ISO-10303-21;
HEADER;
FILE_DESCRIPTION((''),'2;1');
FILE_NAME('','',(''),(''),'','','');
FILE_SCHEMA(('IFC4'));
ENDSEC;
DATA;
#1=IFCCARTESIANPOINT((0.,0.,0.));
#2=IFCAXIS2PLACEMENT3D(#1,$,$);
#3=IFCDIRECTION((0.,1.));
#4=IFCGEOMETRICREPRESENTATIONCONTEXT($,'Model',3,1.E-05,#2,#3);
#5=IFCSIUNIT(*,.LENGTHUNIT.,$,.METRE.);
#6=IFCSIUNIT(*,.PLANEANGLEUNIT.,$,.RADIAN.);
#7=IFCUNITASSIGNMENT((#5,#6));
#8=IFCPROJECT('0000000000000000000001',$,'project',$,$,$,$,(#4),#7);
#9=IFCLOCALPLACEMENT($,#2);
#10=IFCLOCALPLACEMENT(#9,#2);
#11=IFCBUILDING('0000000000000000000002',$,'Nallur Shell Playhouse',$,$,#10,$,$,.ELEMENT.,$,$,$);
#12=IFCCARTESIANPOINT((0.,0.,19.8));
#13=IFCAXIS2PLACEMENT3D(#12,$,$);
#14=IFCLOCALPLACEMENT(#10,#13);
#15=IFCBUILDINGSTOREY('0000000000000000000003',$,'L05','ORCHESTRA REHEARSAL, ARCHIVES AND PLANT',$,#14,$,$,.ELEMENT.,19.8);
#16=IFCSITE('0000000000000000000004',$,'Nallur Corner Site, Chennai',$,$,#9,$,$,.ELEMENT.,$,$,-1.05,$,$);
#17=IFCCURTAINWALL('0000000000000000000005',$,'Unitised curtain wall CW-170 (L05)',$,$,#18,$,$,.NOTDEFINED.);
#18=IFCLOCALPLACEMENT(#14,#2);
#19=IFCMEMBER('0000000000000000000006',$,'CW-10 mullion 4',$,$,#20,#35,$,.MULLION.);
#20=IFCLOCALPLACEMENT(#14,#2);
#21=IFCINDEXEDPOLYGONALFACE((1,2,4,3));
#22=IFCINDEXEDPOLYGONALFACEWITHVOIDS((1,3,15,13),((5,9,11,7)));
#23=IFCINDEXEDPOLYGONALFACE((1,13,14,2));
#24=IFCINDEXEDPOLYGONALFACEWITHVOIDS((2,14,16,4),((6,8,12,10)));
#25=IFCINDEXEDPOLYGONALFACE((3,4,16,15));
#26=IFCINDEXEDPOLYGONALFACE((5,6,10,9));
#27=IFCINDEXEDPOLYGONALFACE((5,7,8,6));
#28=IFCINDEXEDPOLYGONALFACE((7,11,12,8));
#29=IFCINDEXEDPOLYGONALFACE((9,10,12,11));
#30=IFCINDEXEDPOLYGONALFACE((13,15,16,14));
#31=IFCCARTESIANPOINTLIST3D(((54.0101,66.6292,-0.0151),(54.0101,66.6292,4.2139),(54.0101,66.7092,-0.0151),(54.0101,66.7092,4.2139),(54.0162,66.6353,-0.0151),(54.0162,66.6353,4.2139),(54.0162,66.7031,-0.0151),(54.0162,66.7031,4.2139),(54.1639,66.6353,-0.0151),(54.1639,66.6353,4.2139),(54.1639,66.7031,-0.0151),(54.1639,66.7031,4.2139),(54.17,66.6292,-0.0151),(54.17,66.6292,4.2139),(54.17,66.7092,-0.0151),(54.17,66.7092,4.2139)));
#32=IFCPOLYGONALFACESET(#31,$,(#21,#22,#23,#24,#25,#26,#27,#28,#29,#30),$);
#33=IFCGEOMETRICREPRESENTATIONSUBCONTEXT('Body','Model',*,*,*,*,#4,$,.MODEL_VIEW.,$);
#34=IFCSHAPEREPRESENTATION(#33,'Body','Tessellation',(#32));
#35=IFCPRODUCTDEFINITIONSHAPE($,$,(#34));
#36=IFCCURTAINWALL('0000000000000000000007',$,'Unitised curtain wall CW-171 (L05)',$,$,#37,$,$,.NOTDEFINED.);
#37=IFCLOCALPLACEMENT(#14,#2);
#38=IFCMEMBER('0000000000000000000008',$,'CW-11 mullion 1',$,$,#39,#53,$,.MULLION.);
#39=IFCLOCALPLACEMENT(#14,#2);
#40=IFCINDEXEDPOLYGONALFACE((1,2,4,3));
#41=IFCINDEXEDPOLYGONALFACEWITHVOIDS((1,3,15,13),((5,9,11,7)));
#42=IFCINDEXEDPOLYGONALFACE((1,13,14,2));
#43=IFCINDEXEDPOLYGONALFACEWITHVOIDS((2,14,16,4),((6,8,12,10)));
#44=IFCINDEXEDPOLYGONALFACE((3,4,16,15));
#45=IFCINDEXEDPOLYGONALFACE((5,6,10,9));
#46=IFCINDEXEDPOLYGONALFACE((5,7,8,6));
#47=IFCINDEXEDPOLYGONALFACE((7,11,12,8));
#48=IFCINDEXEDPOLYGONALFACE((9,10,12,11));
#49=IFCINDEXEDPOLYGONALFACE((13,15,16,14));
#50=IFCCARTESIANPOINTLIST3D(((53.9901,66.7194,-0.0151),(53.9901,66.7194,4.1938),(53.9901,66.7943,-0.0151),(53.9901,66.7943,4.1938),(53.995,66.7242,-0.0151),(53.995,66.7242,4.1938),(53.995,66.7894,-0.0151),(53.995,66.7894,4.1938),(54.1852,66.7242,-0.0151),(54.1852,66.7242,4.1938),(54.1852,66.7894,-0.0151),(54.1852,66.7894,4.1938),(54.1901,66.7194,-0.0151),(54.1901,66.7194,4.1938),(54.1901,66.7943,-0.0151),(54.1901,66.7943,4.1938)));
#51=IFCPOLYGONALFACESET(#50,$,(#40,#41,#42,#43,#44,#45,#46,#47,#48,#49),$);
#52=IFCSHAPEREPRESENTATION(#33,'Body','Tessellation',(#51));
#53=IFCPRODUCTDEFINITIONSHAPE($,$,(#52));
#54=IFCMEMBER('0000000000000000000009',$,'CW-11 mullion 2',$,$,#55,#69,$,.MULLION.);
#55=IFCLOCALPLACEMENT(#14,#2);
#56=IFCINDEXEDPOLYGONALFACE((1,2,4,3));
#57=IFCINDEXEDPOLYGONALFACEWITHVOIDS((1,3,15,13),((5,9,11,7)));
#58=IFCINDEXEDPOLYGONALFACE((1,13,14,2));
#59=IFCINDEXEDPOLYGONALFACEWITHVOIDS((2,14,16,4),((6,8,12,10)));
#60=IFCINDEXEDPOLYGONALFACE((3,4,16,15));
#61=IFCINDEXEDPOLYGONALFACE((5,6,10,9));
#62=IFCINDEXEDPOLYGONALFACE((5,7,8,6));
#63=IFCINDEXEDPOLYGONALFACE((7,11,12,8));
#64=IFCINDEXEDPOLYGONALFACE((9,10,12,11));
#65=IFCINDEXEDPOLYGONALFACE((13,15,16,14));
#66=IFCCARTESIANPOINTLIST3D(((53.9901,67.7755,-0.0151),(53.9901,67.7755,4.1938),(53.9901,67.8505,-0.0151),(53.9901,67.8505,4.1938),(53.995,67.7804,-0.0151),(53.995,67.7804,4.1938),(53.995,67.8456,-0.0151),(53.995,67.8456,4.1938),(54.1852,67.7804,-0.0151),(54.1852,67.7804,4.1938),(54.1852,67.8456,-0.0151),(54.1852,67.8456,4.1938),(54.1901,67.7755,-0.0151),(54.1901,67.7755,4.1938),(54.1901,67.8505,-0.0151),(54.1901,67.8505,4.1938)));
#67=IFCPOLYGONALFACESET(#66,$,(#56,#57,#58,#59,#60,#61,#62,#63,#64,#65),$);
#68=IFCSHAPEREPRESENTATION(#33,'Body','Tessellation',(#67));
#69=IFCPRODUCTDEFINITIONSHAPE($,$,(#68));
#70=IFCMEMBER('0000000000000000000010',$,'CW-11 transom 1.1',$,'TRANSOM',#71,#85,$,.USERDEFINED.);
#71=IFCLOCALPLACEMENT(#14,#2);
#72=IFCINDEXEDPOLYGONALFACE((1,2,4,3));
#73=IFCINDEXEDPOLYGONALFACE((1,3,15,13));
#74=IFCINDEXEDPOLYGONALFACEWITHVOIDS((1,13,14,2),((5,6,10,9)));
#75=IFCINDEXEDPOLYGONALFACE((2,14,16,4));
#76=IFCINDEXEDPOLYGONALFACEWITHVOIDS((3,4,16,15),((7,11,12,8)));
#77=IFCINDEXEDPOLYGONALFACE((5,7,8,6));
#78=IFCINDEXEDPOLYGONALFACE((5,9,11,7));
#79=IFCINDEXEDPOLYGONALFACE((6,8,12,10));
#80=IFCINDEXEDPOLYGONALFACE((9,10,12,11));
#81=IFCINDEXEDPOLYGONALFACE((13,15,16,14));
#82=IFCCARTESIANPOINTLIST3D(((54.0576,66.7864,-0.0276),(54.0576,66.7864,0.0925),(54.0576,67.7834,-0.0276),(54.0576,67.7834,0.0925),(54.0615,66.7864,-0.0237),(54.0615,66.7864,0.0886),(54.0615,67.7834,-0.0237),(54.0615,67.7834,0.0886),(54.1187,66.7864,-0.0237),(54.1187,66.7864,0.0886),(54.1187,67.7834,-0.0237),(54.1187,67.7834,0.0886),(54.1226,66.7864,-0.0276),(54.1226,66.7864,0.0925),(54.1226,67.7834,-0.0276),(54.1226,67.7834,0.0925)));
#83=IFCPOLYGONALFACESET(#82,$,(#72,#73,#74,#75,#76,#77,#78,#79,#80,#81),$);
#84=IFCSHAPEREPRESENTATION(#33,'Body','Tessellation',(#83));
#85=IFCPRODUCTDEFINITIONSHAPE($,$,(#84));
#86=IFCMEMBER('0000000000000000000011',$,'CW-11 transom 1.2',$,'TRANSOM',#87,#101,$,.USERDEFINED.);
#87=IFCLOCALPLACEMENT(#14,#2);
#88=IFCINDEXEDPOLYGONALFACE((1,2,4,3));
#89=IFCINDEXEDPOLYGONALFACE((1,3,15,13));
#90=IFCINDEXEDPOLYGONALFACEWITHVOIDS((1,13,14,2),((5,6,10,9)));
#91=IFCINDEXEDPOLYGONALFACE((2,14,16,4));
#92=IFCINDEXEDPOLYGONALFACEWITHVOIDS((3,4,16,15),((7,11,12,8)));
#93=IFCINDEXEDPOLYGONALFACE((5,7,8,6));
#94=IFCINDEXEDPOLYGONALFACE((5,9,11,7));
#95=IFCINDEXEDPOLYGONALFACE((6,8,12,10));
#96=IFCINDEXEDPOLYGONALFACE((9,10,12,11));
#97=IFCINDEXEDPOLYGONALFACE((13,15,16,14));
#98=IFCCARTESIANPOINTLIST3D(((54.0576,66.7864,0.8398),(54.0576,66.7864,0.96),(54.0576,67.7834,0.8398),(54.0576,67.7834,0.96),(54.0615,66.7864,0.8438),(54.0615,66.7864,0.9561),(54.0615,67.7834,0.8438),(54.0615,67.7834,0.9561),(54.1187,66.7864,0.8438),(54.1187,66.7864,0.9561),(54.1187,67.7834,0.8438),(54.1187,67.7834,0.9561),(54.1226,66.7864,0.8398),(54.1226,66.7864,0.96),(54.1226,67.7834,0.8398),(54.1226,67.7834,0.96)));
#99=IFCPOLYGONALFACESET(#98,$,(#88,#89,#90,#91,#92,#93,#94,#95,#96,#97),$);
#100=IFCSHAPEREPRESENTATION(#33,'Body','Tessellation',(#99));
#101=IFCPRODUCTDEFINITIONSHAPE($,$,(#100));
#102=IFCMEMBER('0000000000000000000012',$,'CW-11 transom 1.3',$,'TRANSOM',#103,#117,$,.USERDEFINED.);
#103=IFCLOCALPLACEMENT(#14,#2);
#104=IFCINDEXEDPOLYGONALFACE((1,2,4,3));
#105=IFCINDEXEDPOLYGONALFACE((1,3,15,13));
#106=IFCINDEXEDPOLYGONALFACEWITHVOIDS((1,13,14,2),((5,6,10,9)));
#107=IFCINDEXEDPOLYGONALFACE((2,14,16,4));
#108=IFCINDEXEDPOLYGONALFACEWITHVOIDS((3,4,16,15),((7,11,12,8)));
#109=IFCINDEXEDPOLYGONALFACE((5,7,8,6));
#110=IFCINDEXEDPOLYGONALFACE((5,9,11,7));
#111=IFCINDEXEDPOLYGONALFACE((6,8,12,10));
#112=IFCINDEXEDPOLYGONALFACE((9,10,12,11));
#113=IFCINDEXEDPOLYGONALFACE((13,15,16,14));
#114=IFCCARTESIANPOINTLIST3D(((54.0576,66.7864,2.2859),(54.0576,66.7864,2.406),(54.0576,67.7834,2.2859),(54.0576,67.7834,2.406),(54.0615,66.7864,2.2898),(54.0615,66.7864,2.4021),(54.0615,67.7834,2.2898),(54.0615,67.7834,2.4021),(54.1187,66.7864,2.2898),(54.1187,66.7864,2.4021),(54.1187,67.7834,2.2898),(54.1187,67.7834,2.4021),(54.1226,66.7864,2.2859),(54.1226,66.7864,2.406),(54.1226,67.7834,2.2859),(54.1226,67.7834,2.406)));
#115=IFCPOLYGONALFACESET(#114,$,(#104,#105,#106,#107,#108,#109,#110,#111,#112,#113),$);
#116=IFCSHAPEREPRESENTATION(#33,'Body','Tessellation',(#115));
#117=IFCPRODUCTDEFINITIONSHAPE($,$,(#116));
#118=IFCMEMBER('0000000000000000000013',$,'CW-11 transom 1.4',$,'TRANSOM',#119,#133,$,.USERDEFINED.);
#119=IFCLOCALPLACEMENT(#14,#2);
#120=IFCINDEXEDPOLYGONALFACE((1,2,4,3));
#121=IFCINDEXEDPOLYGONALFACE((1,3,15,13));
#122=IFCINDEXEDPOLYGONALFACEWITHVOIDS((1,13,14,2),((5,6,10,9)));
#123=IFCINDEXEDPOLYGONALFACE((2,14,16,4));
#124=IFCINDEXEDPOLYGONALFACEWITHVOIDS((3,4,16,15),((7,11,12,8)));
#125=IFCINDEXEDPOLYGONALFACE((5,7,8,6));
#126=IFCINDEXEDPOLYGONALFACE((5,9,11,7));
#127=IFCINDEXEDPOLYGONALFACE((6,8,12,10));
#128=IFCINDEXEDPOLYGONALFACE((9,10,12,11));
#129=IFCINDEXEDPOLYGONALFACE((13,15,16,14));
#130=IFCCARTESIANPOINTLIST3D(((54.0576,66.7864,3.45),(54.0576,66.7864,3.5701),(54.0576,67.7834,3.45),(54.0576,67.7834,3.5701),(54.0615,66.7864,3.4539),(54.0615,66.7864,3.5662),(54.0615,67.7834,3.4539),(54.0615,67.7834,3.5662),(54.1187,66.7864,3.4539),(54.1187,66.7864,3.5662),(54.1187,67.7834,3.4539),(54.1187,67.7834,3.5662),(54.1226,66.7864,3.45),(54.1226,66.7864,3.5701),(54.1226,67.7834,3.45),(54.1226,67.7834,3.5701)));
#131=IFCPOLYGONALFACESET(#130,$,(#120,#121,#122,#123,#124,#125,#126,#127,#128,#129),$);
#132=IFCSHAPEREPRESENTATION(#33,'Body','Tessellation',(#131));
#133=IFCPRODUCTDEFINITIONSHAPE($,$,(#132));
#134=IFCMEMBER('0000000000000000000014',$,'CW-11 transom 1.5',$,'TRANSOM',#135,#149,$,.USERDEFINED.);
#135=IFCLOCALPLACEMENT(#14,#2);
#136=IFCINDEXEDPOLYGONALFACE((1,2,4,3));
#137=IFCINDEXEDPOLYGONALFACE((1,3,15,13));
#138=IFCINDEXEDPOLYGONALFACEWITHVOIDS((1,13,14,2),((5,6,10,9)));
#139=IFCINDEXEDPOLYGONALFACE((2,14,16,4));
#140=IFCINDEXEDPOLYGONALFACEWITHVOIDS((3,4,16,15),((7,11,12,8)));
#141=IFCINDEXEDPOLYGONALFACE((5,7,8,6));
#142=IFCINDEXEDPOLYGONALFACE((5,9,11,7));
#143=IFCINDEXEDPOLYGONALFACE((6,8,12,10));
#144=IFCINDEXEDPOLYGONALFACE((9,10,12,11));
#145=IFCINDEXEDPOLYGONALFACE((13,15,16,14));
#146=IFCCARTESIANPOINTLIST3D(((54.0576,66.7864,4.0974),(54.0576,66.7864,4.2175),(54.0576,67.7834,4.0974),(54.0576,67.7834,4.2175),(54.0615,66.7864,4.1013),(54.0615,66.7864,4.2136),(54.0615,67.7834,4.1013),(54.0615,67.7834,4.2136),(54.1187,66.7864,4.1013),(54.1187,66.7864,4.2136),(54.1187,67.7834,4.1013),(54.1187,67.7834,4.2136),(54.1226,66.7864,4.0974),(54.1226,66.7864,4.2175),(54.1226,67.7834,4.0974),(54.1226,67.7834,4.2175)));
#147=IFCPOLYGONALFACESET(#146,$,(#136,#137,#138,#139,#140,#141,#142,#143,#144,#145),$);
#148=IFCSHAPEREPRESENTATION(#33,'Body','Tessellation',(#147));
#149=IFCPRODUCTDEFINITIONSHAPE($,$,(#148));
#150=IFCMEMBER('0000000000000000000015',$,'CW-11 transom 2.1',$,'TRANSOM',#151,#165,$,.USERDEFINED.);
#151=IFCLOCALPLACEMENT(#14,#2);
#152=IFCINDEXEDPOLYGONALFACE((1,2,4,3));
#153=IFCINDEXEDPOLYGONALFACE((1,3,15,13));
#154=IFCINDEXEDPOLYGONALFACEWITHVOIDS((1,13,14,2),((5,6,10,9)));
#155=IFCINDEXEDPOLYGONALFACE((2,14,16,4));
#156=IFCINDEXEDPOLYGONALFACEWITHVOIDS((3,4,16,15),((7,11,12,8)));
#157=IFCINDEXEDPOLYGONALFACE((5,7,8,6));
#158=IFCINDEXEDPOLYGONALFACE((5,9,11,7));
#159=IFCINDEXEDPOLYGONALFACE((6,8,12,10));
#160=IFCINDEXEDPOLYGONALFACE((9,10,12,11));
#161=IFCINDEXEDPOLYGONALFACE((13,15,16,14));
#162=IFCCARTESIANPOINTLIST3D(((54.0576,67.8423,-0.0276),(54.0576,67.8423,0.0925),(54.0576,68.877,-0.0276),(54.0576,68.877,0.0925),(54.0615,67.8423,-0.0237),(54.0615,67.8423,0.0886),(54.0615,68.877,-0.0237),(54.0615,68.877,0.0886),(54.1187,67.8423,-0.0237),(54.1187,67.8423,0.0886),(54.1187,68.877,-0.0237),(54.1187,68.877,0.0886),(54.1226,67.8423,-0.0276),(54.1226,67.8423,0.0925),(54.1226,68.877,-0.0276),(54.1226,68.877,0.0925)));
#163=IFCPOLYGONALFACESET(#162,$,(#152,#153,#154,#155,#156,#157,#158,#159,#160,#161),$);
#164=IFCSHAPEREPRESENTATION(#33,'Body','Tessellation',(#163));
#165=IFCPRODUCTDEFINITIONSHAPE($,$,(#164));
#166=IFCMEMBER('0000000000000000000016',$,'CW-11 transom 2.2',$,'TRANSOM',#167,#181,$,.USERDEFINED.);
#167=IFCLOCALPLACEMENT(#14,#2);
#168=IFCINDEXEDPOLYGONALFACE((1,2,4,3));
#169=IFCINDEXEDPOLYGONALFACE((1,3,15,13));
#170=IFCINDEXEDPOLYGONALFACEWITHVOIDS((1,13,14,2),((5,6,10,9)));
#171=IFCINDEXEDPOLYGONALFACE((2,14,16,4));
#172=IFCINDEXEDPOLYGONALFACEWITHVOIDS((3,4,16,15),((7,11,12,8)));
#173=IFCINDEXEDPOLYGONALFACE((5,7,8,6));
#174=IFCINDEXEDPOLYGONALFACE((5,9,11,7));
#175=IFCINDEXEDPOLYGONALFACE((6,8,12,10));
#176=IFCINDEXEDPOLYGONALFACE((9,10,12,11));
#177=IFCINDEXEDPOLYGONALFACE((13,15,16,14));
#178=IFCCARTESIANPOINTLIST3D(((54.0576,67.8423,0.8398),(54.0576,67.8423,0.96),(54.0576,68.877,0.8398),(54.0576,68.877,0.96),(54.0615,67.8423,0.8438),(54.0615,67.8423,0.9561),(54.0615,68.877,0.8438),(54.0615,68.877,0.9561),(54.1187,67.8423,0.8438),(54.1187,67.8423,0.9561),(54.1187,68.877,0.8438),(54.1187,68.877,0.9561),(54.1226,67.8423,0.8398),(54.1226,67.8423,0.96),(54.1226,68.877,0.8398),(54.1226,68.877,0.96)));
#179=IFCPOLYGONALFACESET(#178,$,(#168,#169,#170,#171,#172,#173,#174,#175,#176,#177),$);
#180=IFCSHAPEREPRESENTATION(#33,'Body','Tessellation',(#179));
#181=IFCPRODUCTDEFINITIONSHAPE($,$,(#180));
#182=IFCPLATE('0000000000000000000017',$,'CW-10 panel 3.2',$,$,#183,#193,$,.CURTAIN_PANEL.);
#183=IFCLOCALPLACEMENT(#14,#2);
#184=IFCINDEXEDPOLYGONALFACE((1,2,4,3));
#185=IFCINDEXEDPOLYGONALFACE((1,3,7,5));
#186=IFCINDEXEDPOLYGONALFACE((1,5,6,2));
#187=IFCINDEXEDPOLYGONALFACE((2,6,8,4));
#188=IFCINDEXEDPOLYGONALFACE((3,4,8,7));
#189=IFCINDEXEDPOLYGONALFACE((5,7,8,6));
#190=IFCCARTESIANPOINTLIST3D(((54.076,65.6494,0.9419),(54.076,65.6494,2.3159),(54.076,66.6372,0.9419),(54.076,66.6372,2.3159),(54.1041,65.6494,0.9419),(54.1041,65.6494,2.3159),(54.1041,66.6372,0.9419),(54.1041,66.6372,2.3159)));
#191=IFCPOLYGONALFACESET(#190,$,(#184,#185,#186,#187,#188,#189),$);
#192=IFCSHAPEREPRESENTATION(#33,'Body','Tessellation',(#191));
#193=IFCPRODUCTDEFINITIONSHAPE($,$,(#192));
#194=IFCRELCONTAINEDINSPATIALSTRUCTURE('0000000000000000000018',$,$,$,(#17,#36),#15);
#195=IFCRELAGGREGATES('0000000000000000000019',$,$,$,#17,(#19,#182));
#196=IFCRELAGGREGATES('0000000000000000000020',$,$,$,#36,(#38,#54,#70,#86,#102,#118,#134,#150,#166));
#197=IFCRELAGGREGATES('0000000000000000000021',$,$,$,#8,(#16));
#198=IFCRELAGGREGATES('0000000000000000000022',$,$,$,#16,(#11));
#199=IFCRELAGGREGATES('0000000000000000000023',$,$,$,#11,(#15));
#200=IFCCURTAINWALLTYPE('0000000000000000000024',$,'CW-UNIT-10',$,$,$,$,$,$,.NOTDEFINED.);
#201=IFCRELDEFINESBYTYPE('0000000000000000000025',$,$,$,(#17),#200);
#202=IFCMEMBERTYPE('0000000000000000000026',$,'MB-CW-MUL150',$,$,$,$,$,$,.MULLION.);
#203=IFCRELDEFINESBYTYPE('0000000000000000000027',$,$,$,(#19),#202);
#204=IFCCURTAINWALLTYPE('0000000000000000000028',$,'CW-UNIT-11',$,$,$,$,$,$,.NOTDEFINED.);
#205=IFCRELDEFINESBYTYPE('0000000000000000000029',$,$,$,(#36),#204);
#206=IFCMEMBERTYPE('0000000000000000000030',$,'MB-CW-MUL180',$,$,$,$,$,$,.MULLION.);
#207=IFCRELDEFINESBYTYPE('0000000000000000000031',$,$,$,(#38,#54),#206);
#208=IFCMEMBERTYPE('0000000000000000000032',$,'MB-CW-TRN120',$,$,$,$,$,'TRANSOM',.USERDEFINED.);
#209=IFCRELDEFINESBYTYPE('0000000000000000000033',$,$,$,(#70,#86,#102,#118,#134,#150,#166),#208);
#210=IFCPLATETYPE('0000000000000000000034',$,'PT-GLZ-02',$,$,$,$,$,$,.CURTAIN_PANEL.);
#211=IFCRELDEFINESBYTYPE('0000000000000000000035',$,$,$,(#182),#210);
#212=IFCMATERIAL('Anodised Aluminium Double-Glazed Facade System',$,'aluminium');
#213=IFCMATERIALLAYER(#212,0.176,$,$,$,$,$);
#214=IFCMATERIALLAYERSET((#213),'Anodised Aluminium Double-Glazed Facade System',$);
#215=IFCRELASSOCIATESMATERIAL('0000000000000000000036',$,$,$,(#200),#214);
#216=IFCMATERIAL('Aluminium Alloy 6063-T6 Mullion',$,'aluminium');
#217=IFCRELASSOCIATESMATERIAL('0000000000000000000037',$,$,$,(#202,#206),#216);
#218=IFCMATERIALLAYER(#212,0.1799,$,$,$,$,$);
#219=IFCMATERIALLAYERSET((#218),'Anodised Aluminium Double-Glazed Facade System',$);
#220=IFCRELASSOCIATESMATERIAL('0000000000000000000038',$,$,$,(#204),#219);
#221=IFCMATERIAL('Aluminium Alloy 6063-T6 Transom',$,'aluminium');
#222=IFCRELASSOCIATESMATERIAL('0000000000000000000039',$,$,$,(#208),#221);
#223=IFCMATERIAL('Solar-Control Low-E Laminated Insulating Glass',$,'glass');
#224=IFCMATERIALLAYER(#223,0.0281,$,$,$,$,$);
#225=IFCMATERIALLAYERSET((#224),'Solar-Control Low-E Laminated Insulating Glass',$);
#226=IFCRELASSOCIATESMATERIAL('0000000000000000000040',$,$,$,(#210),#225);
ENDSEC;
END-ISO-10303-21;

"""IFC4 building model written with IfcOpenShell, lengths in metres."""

from ifc_helpers import new_model, si_unit, direction, frame, origin, origin_2d, place, context, subcontext, project, spatial, rectangle, hollow_rectangle, extrude, material, layer, layer_set, material_profile, profile_set, type_object, element, aggregate, save


model = new_model("IFC4")

# Units and contexts
model_context = context("Model", 3, precision=1e-05, world=origin(), true_north=direction((0.0, 1.0)))
body_context = subcontext(model_context, "Body", "Model", "MODEL_VIEW")
ifc_project = project(units=[si_unit("LENGTHUNIT", "METRE"), si_unit("PLANEANGLEUNIT", "RADIAN")], contexts=[model_context])

# Site, building, storey
site_placement = place(None, origin())
site = spatial("IfcSite", under=ifc_project, at=site_placement, Name="Nallur Corner Site, Chennai", CompositionType="ELEMENT", RefElevation=-1.05)
building_placement = place(site_placement, origin())
building = spatial("IfcBuilding", under=site, at=building_placement, Name="Nallur Shell Playhouse", CompositionType="ELEMENT")
storey_placement = place(building_placement, frame((0.0, 0.0, 19.8)))
storey = spatial("IfcBuildingStorey", under=building, at=storey_placement, Name="L05", Description="ORCHESTRA REHEARSAL, ARCHIVES AND PLANT", CompositionType="ELEMENT", Elevation=19.8)

# Curtain wall, member
ifc_material_1 = material(Name="Anodised Aluminium Double-Glazed Facade System", Category="aluminium")
ifc_layer_1 = layer(ifc_material_1, 0.176)
ifc_layer_set_1 = layer_set([ifc_layer_1], Name="Anodised Aluminium Double-Glazed Facade System")
curtain_wall_type_1 = type_object("IfcCurtainWallType", Name="CW-UNIT-10", PredefinedType="NOTDEFINED", material=ifc_layer_set_1)
curtain_wall_1_placement = place(storey_placement, origin())
curtain_wall_1 = element("IfcCurtainWall", 1, at=curtain_wall_1_placement, inside=storey, type_object=curtain_wall_type_1, Name="Unitised curtain wall CW-170 (L05)", PredefinedType="NOTDEFINED")
ifc_material_2 = material(Name="Aluminium Alloy 6063-T6 Mullion", Category="aluminium")
ifc_material_profile_1 = material_profile(ifc_material_2, hollow_rectangle(XDim=0.0801, YDim=0.1599, WallThickness=0.0061, at=origin_2d()), Name="RHS 160x80x6")
ifc_profile_set_1 = profile_set([ifc_material_profile_1], Name="Aluminium Alloy 6063-T6 Mullion")
member_type_1 = type_object("IfcMemberType", Name="MB-CW-MUL150", PredefinedType="MULLION", material=ifc_profile_set_1)
member_1_placement = place(storey_placement, frame((54.0901, 66.6692, -0.0151), z_axis=(0.0, 0.0, 1.0), x_axis=(0.0, 1.0, 0.0)))
member_1 = element("IfcMember", 2, at=member_1_placement, type_object=member_type_1, Name="CW-10 mullion 4", PredefinedType="MULLION", context=body_context, shape_type="SweptSolid", body=[
    extrude(hollow_rectangle(XDim=0.0801, YDim=0.1599, WallThickness=0.0061, at=origin_2d()), origin(), (0.0, 0.0, 1.0), 4.229),
])

# Curtain wall, members
ifc_layer_2 = layer(ifc_material_1, 0.1799)
ifc_layer_set_2 = layer_set([ifc_layer_2], Name="Anodised Aluminium Double-Glazed Facade System")
curtain_wall_type_2 = type_object("IfcCurtainWallType", Name="CW-UNIT-11", PredefinedType="NOTDEFINED", material=ifc_layer_set_2)
curtain_wall_2_placement = place(storey_placement, origin())
curtain_wall_2 = element("IfcCurtainWall", 3, at=curtain_wall_2_placement, inside=storey, type_object=curtain_wall_type_2, Name="Unitised curtain wall CW-171 (L05)", PredefinedType="NOTDEFINED")
ifc_material_profile_2 = material_profile(ifc_material_2, hollow_rectangle(XDim=0.075, YDim=0.2, WallThickness=0.0049, at=origin_2d()), Name="ALU 75x200x5")
ifc_profile_set_2 = profile_set([ifc_material_profile_2], Name="Aluminium Alloy 6063-T6 Mullion")
member_type_2 = type_object("IfcMemberType", Name="MB-CW-MUL180", PredefinedType="MULLION", material=ifc_profile_set_2)
member_2_placement = place(storey_placement, frame((54.0901, 66.7568, -0.0151), z_axis=(0.0, 0.0, 1.0), x_axis=(0.0, 1.0, 0.0)))
member_2 = element("IfcMember", 4, at=member_2_placement, type_object=member_type_2, Name="CW-11 mullion 1", PredefinedType="MULLION", context=body_context, shape_type="SweptSolid", body=[
    extrude(hollow_rectangle(XDim=0.075, YDim=0.2, WallThickness=0.0049, at=origin_2d()), origin(), (0.0, 0.0, 1.0), 4.209),
])
member_3_placement = place(storey_placement, frame((54.0901, 67.813, -0.0151), z_axis=(0.0, 0.0, 1.0), x_axis=(0.0, 1.0, 0.0)))
member_3 = element("IfcMember", 5, at=member_3_placement, type_object=member_type_2, Name="CW-11 mullion 2", PredefinedType="MULLION", context=body_context, shape_type="SweptSolid", body=[
    extrude(hollow_rectangle(XDim=0.075, YDim=0.2, WallThickness=0.0049, at=origin_2d()), origin(), (0.0, 0.0, 1.0), 4.209),
])
ifc_material_3 = material(Name="Aluminium Alloy 6063-T6 Transom", Category="aluminium")
ifc_material_profile_3 = material_profile(ifc_material_3, hollow_rectangle(XDim=0.0649, YDim=0.1201, WallThickness=0.0039, at=origin_2d()), Name="ALU 65x120x4")
ifc_profile_set_3 = profile_set([ifc_material_profile_3], Name="Aluminium Alloy 6063-T6 Transom")
member_type_3 = type_object("IfcMemberType", Name="MB-CW-TRN120", ElementType="TRANSOM", PredefinedType="USERDEFINED", material=ifc_profile_set_3)
member_4_placement = place(storey_placement, frame((54.0901, 66.7864, 0.0325), z_axis=(0.0, 1.0, 0.0), x_axis=(-1.0, 0.0, 0.0)))
member_4 = element("IfcMember", 6, at=member_4_placement, type_object=member_type_3, Name="CW-11 transom 1.1", ObjectType="TRANSOM", PredefinedType="USERDEFINED", context=body_context, shape_type="SweptSolid", body=[
    extrude(hollow_rectangle(XDim=0.0649, YDim=0.1201, WallThickness=0.0039, at=origin_2d()), origin(), (0.0, 0.0, 1.0), 0.9971),
])
member_5_placement = place(storey_placement, frame((54.0901, 66.7864, 0.8999), z_axis=(0.0, 1.0, 0.0), x_axis=(-1.0, 0.0, 0.0)))
member_5 = element("IfcMember", 7, at=member_5_placement, type_object=member_type_3, Name="CW-11 transom 1.2", ObjectType="TRANSOM", PredefinedType="USERDEFINED", context=body_context, shape_type="SweptSolid", body=[
    extrude(hollow_rectangle(XDim=0.0649, YDim=0.1201, WallThickness=0.0039, at=origin_2d()), origin(), (0.0, 0.0, 1.0), 0.9971),
])
member_6_placement = place(storey_placement, frame((54.0901, 66.7864, 2.3459), z_axis=(0.0, 1.0, 0.0), x_axis=(-1.0, 0.0, 0.0)))
member_6 = element("IfcMember", 8, at=member_6_placement, type_object=member_type_3, Name="CW-11 transom 1.3", ObjectType="TRANSOM", PredefinedType="USERDEFINED", context=body_context, shape_type="SweptSolid", body=[
    extrude(hollow_rectangle(XDim=0.0649, YDim=0.1201, WallThickness=0.0039, at=origin_2d()), origin(), (0.0, 0.0, 1.0), 0.9971),
])
member_7_placement = place(storey_placement, frame((54.0901, 66.7864, 3.51), z_axis=(0.0, 1.0, 0.0), x_axis=(-1.0, 0.0, 0.0)))
member_7 = element("IfcMember", 9, at=member_7_placement, type_object=member_type_3, Name="CW-11 transom 1.4", ObjectType="TRANSOM", PredefinedType="USERDEFINED", context=body_context, shape_type="SweptSolid", body=[
    extrude(hollow_rectangle(XDim=0.0649, YDim=0.1201, WallThickness=0.0039, at=origin_2d()), origin(), (0.0, 0.0, 1.0), 0.9971),
])
member_8_placement = place(storey_placement, frame((54.0901, 66.7864, 4.1575), z_axis=(0.0, 1.0, 0.0), x_axis=(-1.0, 0.0, 0.0)))
member_8 = element("IfcMember", 10, at=member_8_placement, type_object=member_type_3, Name="CW-11 transom 1.5", ObjectType="TRANSOM", PredefinedType="USERDEFINED", context=body_context, shape_type="SweptSolid", body=[
    extrude(hollow_rectangle(XDim=0.0649, YDim=0.1201, WallThickness=0.0039, at=origin_2d()), origin(), (0.0, 0.0, 1.0), 0.9971),
])
member_9_placement = place(storey_placement, frame((54.0901, 67.8423, 0.0325), z_axis=(0.0, 1.0, 0.0), x_axis=(-1.0, 0.0, 0.0)))
member_9 = element("IfcMember", 11, at=member_9_placement, type_object=member_type_3, Name="CW-11 transom 2.1", ObjectType="TRANSOM", PredefinedType="USERDEFINED", context=body_context, shape_type="SweptSolid", body=[
    extrude(hollow_rectangle(XDim=0.0649, YDim=0.1201, WallThickness=0.0039, at=origin_2d()), origin(), (0.0, 0.0, 1.0), 1.0347),
])
member_10_placement = place(storey_placement, frame((54.0901, 67.8423, 0.8999), z_axis=(0.0, 1.0, 0.0), x_axis=(-1.0, 0.0, 0.0)))
member_10 = element("IfcMember", 12, at=member_10_placement, type_object=member_type_3, Name="CW-11 transom 2.2", ObjectType="TRANSOM", PredefinedType="USERDEFINED", context=body_context, shape_type="SweptSolid", body=[
    extrude(hollow_rectangle(XDim=0.0649, YDim=0.1201, WallThickness=0.0039, at=origin_2d()), origin(), (0.0, 0.0, 1.0), 1.0347),
])

# Plate
ifc_material_4 = material(Name="Solar-Control Low-E Laminated Insulating Glass", Category="glass")
ifc_layer_3 = layer(ifc_material_4, 0.0281)
ifc_layer_set_3 = layer_set([ifc_layer_3], Name="Solar-Control Low-E Laminated Insulating Glass")
plate_type_1 = type_object("IfcPlateType", Name="PT-GLZ-02", PredefinedType="CURTAIN_PANEL", material=ifc_layer_set_3)
plate_1_placement = place(storey_placement, frame((54.0901, 66.1433, 0.9419), z_axis=(0.0, 0.0, 1.0), x_axis=(0.0, 1.0, 0.0)))
plate_1 = element("IfcPlate", 13, at=plate_1_placement, type_object=plate_type_1, Name="CW-10 panel 3.2", PredefinedType="CURTAIN_PANEL", context=body_context, shape_type="SweptSolid", body=[
    extrude(rectangle(XDim=0.9878, YDim=0.0281, at=origin_2d()), origin(), (0.0, 0.0, 1.0), 1.374),
])
aggregate(curtain_wall_1, [member_1, plate_1])
aggregate(curtain_wall_2, [member_2, member_3, member_4, member_5, member_6, member_7, member_8, member_9, member_10])

save(model, "model.ifc")
